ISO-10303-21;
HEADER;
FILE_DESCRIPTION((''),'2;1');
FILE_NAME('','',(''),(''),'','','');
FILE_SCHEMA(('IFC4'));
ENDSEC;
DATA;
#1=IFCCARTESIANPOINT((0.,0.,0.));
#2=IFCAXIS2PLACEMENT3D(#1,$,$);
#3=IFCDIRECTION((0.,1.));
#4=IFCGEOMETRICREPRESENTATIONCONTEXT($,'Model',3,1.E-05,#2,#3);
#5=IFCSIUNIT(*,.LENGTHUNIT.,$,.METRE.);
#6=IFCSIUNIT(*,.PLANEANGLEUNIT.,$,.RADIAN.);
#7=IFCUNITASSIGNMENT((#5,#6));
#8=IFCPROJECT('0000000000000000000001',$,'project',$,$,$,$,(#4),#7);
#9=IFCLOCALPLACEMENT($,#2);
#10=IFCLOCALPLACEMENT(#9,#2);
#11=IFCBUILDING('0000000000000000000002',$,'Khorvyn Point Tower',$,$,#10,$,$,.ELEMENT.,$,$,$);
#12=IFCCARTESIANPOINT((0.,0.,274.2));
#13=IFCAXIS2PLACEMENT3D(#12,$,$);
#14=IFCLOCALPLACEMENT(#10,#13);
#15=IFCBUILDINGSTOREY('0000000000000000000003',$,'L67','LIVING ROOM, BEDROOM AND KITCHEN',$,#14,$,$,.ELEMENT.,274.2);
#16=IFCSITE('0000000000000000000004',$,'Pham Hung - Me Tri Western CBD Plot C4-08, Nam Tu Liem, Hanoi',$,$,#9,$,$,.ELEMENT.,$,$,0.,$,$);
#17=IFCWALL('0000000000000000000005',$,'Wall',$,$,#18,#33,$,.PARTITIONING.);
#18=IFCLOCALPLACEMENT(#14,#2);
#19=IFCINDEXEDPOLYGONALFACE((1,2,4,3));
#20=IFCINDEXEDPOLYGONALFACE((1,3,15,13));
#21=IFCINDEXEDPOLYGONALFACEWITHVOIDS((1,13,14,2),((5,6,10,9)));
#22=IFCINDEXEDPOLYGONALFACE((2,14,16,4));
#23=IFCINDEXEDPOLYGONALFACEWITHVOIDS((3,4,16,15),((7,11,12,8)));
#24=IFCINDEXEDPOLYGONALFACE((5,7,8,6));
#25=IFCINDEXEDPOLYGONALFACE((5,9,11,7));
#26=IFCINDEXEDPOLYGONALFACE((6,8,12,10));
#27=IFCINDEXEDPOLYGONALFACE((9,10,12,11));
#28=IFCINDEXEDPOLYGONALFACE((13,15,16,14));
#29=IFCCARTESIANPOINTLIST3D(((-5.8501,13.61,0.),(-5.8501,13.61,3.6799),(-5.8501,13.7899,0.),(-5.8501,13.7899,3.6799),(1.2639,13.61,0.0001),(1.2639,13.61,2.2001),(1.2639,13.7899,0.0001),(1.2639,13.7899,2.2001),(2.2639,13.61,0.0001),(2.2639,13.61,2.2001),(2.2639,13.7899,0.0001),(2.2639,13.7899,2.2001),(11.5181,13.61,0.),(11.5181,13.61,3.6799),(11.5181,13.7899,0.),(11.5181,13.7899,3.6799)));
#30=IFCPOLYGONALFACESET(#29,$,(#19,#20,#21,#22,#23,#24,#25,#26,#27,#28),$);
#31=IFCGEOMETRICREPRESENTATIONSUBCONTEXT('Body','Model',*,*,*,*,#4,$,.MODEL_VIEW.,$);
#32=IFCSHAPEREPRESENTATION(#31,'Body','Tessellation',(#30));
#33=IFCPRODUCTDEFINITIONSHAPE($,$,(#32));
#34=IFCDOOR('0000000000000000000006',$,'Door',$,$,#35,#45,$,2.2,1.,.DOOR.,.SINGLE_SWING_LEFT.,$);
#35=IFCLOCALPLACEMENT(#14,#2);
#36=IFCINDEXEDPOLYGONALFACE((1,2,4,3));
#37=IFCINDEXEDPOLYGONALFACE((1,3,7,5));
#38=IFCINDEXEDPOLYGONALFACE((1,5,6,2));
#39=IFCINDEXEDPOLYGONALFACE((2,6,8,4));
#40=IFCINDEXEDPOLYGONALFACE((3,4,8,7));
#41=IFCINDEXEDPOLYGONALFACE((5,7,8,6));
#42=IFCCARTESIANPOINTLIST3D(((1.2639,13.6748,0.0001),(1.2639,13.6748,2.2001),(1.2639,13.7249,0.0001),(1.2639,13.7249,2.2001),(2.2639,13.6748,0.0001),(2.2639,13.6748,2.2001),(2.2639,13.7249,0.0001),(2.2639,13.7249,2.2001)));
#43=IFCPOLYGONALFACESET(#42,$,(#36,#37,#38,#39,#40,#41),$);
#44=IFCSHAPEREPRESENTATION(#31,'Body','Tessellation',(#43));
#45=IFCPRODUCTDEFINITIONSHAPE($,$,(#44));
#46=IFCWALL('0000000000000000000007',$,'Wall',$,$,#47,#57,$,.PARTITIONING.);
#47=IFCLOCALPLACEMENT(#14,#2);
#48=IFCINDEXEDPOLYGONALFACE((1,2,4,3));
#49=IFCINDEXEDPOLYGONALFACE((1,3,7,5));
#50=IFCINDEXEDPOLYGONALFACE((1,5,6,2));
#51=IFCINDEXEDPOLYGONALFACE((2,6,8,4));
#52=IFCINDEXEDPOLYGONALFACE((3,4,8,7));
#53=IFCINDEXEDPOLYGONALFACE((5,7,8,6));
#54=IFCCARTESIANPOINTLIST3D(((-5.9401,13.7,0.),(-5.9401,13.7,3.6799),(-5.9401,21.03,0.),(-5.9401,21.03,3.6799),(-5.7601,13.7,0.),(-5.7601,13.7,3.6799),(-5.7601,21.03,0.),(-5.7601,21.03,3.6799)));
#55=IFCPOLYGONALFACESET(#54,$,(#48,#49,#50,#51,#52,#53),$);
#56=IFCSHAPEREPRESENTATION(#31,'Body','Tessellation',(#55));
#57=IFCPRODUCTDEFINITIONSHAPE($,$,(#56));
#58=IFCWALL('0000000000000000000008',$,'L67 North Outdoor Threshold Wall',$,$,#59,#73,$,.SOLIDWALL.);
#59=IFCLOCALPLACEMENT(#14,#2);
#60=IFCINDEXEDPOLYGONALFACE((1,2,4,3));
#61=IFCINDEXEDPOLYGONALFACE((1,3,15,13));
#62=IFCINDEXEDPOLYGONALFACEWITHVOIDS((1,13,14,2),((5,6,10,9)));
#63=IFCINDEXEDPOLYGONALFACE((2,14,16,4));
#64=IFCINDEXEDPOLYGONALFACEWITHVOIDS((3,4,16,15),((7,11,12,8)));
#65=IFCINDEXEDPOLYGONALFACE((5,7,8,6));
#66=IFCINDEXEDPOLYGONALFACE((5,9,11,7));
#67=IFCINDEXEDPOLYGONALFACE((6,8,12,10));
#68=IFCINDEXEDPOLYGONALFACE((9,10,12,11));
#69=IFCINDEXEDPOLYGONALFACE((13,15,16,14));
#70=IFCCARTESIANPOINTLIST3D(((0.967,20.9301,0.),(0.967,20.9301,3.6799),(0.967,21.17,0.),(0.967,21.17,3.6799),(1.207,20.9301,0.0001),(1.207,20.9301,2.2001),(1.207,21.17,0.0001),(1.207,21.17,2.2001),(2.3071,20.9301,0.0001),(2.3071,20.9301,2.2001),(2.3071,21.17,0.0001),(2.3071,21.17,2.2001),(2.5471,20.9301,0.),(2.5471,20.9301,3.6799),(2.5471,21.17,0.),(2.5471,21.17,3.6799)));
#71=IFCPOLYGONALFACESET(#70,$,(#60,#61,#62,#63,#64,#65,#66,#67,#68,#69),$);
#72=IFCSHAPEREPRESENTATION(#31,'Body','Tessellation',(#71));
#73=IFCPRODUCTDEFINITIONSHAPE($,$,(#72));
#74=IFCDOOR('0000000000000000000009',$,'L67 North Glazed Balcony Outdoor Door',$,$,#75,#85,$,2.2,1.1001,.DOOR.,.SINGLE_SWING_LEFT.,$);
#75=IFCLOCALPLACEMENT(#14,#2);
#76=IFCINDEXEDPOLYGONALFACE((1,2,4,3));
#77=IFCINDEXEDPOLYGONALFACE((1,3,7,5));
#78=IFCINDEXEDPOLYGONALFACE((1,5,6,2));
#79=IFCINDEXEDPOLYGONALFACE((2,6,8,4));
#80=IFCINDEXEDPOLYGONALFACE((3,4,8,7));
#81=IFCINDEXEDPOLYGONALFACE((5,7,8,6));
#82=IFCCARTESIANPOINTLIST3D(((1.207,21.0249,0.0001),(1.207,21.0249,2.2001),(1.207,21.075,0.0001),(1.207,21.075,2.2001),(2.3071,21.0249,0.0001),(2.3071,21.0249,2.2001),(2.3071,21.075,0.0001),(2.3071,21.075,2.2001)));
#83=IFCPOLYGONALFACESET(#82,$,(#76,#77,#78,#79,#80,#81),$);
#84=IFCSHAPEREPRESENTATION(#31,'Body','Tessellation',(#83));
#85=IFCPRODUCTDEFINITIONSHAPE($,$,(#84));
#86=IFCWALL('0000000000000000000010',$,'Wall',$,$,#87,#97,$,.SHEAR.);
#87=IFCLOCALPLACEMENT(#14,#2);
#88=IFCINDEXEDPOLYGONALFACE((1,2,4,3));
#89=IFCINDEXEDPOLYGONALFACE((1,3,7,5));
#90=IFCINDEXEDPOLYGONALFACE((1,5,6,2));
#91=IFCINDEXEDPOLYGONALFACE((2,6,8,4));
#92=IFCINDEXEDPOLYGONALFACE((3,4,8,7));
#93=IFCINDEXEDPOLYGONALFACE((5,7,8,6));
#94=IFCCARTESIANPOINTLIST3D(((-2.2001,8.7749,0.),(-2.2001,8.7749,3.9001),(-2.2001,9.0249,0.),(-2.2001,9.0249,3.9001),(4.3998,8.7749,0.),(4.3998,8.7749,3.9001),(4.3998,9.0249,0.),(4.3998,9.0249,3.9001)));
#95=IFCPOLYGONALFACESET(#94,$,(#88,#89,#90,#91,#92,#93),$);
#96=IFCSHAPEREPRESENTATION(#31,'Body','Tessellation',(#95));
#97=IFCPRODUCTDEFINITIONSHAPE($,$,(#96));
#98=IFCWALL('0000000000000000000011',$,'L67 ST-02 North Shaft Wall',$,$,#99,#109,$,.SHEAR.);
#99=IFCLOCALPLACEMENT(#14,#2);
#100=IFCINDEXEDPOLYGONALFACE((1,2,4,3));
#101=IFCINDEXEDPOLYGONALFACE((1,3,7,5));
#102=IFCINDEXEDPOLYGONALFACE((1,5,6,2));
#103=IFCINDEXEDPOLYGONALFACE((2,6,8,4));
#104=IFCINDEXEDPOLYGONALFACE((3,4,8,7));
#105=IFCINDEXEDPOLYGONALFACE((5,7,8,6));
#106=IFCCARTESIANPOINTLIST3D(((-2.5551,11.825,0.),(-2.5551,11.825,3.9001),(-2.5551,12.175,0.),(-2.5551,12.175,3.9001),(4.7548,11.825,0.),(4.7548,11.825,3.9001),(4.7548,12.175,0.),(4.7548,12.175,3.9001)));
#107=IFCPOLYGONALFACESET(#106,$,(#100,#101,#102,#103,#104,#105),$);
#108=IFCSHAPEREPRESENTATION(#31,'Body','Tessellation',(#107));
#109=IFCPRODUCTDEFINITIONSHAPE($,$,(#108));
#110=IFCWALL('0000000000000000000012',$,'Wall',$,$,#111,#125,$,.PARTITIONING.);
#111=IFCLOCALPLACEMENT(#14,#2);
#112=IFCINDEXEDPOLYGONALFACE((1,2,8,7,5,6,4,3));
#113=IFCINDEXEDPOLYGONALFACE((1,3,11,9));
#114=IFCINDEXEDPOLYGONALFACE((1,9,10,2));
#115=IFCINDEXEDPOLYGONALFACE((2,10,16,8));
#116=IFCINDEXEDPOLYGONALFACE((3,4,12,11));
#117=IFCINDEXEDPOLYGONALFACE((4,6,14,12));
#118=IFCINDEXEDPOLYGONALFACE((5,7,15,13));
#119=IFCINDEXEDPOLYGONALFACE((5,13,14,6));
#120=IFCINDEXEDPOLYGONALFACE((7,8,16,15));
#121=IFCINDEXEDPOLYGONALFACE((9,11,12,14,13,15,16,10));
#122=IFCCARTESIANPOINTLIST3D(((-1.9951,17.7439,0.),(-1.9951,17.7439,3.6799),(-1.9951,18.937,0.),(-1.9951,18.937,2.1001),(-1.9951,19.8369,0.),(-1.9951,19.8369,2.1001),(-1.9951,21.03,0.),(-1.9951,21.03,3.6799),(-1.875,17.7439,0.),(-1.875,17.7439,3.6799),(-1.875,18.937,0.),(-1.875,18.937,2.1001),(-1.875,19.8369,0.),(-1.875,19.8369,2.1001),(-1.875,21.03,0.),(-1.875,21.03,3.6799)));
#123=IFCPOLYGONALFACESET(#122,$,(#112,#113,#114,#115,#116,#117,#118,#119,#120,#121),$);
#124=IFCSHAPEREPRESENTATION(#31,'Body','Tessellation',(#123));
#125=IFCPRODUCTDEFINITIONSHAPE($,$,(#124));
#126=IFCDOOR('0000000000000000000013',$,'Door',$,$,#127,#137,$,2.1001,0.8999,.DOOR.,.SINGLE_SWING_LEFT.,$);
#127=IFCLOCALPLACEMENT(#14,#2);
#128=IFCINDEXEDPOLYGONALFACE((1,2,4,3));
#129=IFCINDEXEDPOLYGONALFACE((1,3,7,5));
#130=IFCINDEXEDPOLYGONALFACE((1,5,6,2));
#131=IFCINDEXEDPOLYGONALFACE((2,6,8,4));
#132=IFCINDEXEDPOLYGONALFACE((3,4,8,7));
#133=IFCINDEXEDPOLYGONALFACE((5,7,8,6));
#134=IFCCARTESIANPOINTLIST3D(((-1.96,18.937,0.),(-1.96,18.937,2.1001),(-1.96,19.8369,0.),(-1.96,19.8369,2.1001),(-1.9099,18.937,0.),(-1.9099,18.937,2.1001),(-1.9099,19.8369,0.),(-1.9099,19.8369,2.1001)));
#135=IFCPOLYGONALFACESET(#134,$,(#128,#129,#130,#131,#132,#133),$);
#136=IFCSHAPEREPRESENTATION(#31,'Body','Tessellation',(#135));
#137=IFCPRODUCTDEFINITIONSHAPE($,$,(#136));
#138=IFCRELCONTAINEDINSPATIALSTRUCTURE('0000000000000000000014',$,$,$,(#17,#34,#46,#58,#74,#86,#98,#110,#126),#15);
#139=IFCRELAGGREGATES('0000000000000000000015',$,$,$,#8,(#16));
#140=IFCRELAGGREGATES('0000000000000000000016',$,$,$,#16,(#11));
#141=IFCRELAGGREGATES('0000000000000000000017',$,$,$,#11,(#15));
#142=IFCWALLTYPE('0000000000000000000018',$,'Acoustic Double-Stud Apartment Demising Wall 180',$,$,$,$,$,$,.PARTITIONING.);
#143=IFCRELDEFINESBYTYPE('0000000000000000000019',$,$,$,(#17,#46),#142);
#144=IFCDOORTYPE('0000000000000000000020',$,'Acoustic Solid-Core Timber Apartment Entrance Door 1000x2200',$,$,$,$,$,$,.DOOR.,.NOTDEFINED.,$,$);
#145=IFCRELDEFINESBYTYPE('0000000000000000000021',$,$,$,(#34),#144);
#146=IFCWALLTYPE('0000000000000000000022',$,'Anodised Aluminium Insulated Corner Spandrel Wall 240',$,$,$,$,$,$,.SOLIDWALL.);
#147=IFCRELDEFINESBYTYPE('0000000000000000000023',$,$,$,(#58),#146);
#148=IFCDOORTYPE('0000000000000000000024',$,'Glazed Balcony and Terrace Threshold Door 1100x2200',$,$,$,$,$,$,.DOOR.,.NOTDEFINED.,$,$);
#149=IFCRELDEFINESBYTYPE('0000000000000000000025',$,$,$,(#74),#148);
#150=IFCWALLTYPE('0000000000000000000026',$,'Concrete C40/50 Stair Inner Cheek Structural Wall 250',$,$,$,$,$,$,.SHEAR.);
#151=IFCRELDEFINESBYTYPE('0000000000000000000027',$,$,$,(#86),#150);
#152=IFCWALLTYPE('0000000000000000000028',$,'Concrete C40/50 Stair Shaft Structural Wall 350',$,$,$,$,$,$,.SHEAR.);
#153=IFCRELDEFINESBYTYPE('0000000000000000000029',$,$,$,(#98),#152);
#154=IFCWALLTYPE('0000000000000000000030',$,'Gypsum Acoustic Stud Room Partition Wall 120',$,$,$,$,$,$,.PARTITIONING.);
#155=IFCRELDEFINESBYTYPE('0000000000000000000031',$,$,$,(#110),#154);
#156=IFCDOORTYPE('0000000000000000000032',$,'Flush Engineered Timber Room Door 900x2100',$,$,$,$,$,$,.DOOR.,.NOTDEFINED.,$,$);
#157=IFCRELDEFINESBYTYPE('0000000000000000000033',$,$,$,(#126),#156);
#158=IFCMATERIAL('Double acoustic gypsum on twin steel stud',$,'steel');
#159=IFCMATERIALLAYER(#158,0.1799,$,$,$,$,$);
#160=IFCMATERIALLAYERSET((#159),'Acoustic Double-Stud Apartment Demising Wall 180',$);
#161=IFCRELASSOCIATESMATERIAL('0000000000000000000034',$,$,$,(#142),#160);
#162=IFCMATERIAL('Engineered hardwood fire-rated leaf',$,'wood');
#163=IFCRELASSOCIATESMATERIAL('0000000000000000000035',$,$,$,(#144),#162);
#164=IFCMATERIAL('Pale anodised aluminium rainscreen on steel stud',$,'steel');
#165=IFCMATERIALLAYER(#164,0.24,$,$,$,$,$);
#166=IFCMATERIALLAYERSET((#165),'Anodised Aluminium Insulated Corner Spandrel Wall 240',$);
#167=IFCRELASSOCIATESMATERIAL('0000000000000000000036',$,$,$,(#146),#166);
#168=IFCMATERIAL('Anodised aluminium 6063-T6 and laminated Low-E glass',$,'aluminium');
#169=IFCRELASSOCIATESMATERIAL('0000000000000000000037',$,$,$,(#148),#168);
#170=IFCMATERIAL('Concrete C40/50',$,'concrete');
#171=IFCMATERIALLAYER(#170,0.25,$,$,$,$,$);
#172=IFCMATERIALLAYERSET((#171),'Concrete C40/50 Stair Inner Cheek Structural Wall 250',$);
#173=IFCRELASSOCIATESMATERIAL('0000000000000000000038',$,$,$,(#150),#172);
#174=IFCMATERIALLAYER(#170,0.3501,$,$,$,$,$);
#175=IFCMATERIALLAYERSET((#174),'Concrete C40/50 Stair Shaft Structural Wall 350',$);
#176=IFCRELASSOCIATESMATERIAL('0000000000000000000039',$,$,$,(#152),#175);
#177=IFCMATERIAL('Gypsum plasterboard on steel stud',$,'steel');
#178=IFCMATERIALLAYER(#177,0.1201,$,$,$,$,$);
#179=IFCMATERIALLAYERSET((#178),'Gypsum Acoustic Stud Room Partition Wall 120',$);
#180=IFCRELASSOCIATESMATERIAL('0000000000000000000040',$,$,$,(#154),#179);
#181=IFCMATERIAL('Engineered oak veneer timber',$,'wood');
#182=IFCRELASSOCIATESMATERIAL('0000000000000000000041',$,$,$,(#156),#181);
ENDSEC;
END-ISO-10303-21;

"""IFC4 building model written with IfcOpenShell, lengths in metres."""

from ifc_helpers import new_model, si_unit, direction, frame, frame_2d, origin, place, context, subcontext, project, spatial, rectangle, extrude, material, layer, layer_set, type_object, element, fill, save


model = new_model("IFC4")

# Units and contexts
model_context = context("Model", 3, precision=1e-05, world=origin(), true_north=direction((0.0, 1.0)))
body_context = subcontext(model_context, "Body", "Model", "MODEL_VIEW")
ifc_project = project(units=[si_unit("LENGTHUNIT", "METRE"), si_unit("PLANEANGLEUNIT", "RADIAN")], contexts=[model_context])

# Site, building, storey
site_placement = place(None, origin())
site = spatial("IfcSite", under=ifc_project, at=site_placement, Name="Pham Hung - Me Tri Western CBD Plot C4-08, Nam Tu Liem, Hanoi", CompositionType="ELEMENT", RefElevation=0.0)
building_placement = place(site_placement, origin())
building = spatial("IfcBuilding", under=site, at=building_placement, Name="Khorvyn Point Tower", CompositionType="ELEMENT")
storey_placement = place(building_placement, frame((0.0, 0.0, 274.2)))
storey = spatial("IfcBuildingStorey", under=building, at=storey_placement, Name="L67", Description="LIVING ROOM, BEDROOM AND KITCHEN", CompositionType="ELEMENT", Elevation=274.2)

# Shared definitions
ifc_material_1 = material(Name="Concrete C40/50", Category="concrete")

# Shared definitions
ifc_material_2 = material(Name="Anodised aluminium 6063-T6 and laminated Low-E glass", Category="aluminium")

# Wall, opening, door
ifc_material_3 = material(Name="Double acoustic gypsum on twin steel stud", Category="steel")
ifc_layer_1 = layer(ifc_material_3, 0.1799)
ifc_layer_set_1 = layer_set([ifc_layer_1], Name="Acoustic Double-Stud Apartment Demising Wall 180")
wall_type_1 = type_object("IfcWallType", Name="Acoustic Double-Stud Apartment Demising Wall 180", PredefinedType="PARTITIONING", material=ifc_layer_set_1)
wall_1_placement = place(storey_placement, frame((-5.8501, 13.7, 0.0), z_axis=(0.0, 0.0, 1.0), x_axis=(1.0, 0.0, 0.0)))
wall_1 = element("IfcWall", 1, at=wall_1_placement, inside=storey, type_object=wall_type_1, Name="Wall", PredefinedType="PARTITIONING", context=body_context, shape_type="SweptSolid", body=[
    extrude(rectangle(XDim=17.3682, YDim=0.1799, at=frame_2d((8.6841, 0.0))), origin(), (0.0, 0.0, 1.0), 3.6799),
])
opening_1_placement = place(wall_1_placement, frame((7.114, 0.0, 0.0)))
opening_1 = element("IfcOpeningElement", 2, at=opening_1_placement, cuts=wall_1, PredefinedType="OPENING", context=body_context, shape_type="SweptSolid", body=[
    extrude(rectangle(XDim=1.0, YDim=2.2, at=frame_2d((0.5, 1.1001))), frame((0.0, 0.0999, 0.0), z_axis=(0.0, -1.0, 0.0), x_axis=(1.0, 0.0, 0.0)), (0.0, 0.0, 1.0), 0.2),
])
ifc_material_4 = material(Name="Engineered hardwood fire-rated leaf", Category="wood")
door_type_1 = type_object("IfcDoorType", Name="Acoustic Solid-Core Timber Apartment Entrance Door 1000x2200", OperationType="NOTDEFINED", PredefinedType="DOOR", material=ifc_material_4)
door_1_placement = place(opening_1_placement, origin())
door_1 = element("IfcDoor", 3, at=door_1_placement, inside=storey, type_object=door_type_1, Name="Door", OperationType="SINGLE_SWING_LEFT", OverallHeight=2.2, OverallWidth=1.0, PredefinedType="DOOR", context=body_context, shape_type="SweptSolid", body=[
    extrude(rectangle(XDim=1.0, YDim=2.2, at=frame_2d((0.5, 1.1001))), frame((0.0, 0.0249, 0.0), z_axis=(0.0, -1.0, 0.0), x_axis=(1.0, 0.0, 0.0)), (0.0, 0.0, 1.0), 0.05),
])
fill(opening_1, door_1)

# Wall
wall_2_placement = place(storey_placement, frame((-5.8501, 13.7, 0.0), z_axis=(0.0, 0.0, 1.0), x_axis=(0.0, 1.0, 0.0)))
element("IfcWall", 4, at=wall_2_placement, inside=storey, type_object=wall_type_1, Name="Wall", PredefinedType="PARTITIONING", context=body_context, shape_type="SweptSolid", body=[
    extrude(rectangle(XDim=7.3301, YDim=0.1799, at=frame_2d((3.665, 0.0))), origin(), (0.0, 0.0, 1.0), 3.6799),
])

# Wall, opening, door
ifc_material_5 = material(Name="Pale anodised aluminium rainscreen on steel stud", Category="steel")
ifc_layer_2 = layer(ifc_material_5, 0.24)
ifc_layer_set_2 = layer_set([ifc_layer_2], Name="Anodised Aluminium Insulated Corner Spandrel Wall 240")
wall_type_2 = type_object("IfcWallType", Name="Anodised Aluminium Insulated Corner Spandrel Wall 240", PredefinedType="SOLIDWALL", material=ifc_layer_set_2)
wall_3_placement = place(storey_placement, frame((0.967, 21.05, 0.0), z_axis=(0.0, 0.0, 1.0), x_axis=(1.0, 0.0, 0.0)))
wall_3 = element("IfcWall", 5, at=wall_3_placement, inside=storey, type_object=wall_type_2, Name="L67 North Outdoor Threshold Wall", PredefinedType="SOLIDWALL", context=body_context, shape_type="SweptSolid", body=[
    extrude(rectangle(XDim=1.5801, YDim=0.24, at=frame_2d((0.79, 0.0))), origin(), (0.0, 0.0, 1.0), 3.6799),
])
opening_2_placement = place(wall_3_placement, frame((0.24, 0.0, 0.0)))
opening_2 = element("IfcOpeningElement", 6, at=opening_2_placement, cuts=wall_3, PredefinedType="OPENING", context=body_context, shape_type="SweptSolid", body=[
    extrude(rectangle(XDim=1.1001, YDim=2.2, at=frame_2d((0.55, 1.1001))), frame((0.0, 0.1299, 0.0), z_axis=(0.0, -1.0, 0.0), x_axis=(1.0, 0.0, 0.0)), (0.0, 0.0, 1.0), 0.26),
])
door_type_2 = type_object("IfcDoorType", Name="Glazed Balcony and Terrace Threshold Door 1100x2200", OperationType="NOTDEFINED", PredefinedType="DOOR", material=ifc_material_2)
door_2_placement = place(opening_2_placement, origin())
door_2 = element("IfcDoor", 7, at=door_2_placement, inside=storey, type_object=door_type_2, Name="L67 North Glazed Balcony Outdoor Door", OperationType="SINGLE_SWING_LEFT", OverallHeight=2.2, OverallWidth=1.1001, PredefinedType="DOOR", context=body_context, shape_type="SweptSolid", body=[
    extrude(rectangle(XDim=1.1001, YDim=2.2, at=frame_2d((0.55, 1.1001))), frame((0.0, 0.0249, 0.0), z_axis=(0.0, -1.0, 0.0), x_axis=(1.0, 0.0, 0.0)), (0.0, 0.0, 1.0), 0.05),
])
fill(opening_2, door_2)

# Walls
ifc_layer_3 = layer(ifc_material_1, 0.25)
ifc_layer_set_3 = layer_set([ifc_layer_3], Name="Concrete C40/50 Stair Inner Cheek Structural Wall 250")
wall_type_3 = type_object("IfcWallType", Name="Concrete C40/50 Stair Inner Cheek Structural Wall 250", PredefinedType="SHEAR", material=ifc_layer_set_3)
wall_4_placement = place(storey_placement, frame((-2.2, 8.8999, 0.0), z_axis=(0.0, 0.0, 1.0), x_axis=(1.0, 0.0, 0.0)))
element("IfcWall", 8, at=wall_4_placement, inside=storey, type_object=wall_type_3, Name="Wall", PredefinedType="SHEAR", context=body_context, shape_type="SweptSolid", body=[
    extrude(rectangle(XDim=6.5999, YDim=0.25, at=frame_2d((3.2998, 0.0))), origin(), (0.0, 0.0, 1.0), 3.9001),
])
ifc_layer_4 = layer(ifc_material_1, 0.3501)
ifc_layer_set_4 = layer_set([ifc_layer_4], Name="Concrete C40/50 Stair Shaft Structural Wall 350")
wall_type_4 = type_object("IfcWallType", Name="Concrete C40/50 Stair Shaft Structural Wall 350", PredefinedType="SHEAR", material=ifc_layer_set_4)
wall_5_placement = place(storey_placement, frame((-2.5549, 12.0, 0.0), z_axis=(0.0, 0.0, 1.0), x_axis=(1.0, 0.0, 0.0)))
element("IfcWall", 9, at=wall_5_placement, inside=storey, type_object=wall_type_4, Name="L67 ST-02 North Shaft Wall", PredefinedType="SHEAR", context=body_context, shape_type="SweptSolid", body=[
    extrude(rectangle(XDim=7.3098, YDim=0.3501, at=frame_2d((3.6548, 0.0))), origin(), (0.0, 0.0, 1.0), 3.9001),
])

# Wall, opening, door
ifc_material_6 = material(Name="Gypsum plasterboard on steel stud", Category="steel")
ifc_layer_5 = layer(ifc_material_6, 0.1201)
ifc_layer_set_5 = layer_set([ifc_layer_5], Name="Gypsum Acoustic Stud Room Partition Wall 120")
wall_type_5 = type_object("IfcWallType", Name="Gypsum Acoustic Stud Room Partition Wall 120", PredefinedType="PARTITIONING", material=ifc_layer_set_5)
wall_6_placement = place(storey_placement, frame((-1.9351, 17.7439, 0.0), z_axis=(0.0, 0.0, 1.0), x_axis=(0.0, 1.0, 0.0)))
wall_6 = element("IfcWall", 10, at=wall_6_placement, inside=storey, type_object=wall_type_5, Name="Wall", PredefinedType="PARTITIONING", context=body_context, shape_type="SweptSolid", body=[
    extrude(rectangle(XDim=3.2861, YDim=0.1201, at=frame_2d((1.6431, 0.0))), origin(), (0.0, 0.0, 1.0), 3.6799),
])
opening_3_placement = place(wall_6_placement, frame((1.1931, 0.0, 0.0)))
opening_3 = element("IfcOpeningElement", 11, at=opening_3_placement, cuts=wall_6, PredefinedType="OPENING", context=body_context, shape_type="SweptSolid", body=[
    extrude(rectangle(XDim=0.8999, YDim=2.1001, at=frame_2d((0.45, 1.05))), frame((0.0, 0.0701, 0.0), z_axis=(0.0, -1.0, 0.0), x_axis=(1.0, 0.0, 0.0)), (0.0, 0.0, 1.0), 0.1401),
])
ifc_material_7 = material(Name="Engineered oak veneer timber", Category="wood")
door_type_3 = type_object("IfcDoorType", Name="Flush Engineered Timber Room Door 900x2100", OperationType="NOTDEFINED", PredefinedType="DOOR", material=ifc_material_7)
door_3_placement = place(opening_3_placement, origin())
door_3 = element("IfcDoor", 12, at=door_3_placement, inside=storey, type_object=door_type_3, Name="Door", OperationType="SINGLE_SWING_LEFT", OverallHeight=2.1001, OverallWidth=0.8999, PredefinedType="DOOR", context=body_context, shape_type="SweptSolid", body=[
    extrude(rectangle(XDim=0.8999, YDim=2.1001, at=frame_2d((0.45, 1.05))), frame((0.0, 0.0249, 0.0), z_axis=(0.0, -1.0, 0.0), x_axis=(1.0, 0.0, 0.0)), (0.0, 0.0, 1.0), 0.05),
])
fill(opening_3, door_3)

save(model, "model.ifc")
